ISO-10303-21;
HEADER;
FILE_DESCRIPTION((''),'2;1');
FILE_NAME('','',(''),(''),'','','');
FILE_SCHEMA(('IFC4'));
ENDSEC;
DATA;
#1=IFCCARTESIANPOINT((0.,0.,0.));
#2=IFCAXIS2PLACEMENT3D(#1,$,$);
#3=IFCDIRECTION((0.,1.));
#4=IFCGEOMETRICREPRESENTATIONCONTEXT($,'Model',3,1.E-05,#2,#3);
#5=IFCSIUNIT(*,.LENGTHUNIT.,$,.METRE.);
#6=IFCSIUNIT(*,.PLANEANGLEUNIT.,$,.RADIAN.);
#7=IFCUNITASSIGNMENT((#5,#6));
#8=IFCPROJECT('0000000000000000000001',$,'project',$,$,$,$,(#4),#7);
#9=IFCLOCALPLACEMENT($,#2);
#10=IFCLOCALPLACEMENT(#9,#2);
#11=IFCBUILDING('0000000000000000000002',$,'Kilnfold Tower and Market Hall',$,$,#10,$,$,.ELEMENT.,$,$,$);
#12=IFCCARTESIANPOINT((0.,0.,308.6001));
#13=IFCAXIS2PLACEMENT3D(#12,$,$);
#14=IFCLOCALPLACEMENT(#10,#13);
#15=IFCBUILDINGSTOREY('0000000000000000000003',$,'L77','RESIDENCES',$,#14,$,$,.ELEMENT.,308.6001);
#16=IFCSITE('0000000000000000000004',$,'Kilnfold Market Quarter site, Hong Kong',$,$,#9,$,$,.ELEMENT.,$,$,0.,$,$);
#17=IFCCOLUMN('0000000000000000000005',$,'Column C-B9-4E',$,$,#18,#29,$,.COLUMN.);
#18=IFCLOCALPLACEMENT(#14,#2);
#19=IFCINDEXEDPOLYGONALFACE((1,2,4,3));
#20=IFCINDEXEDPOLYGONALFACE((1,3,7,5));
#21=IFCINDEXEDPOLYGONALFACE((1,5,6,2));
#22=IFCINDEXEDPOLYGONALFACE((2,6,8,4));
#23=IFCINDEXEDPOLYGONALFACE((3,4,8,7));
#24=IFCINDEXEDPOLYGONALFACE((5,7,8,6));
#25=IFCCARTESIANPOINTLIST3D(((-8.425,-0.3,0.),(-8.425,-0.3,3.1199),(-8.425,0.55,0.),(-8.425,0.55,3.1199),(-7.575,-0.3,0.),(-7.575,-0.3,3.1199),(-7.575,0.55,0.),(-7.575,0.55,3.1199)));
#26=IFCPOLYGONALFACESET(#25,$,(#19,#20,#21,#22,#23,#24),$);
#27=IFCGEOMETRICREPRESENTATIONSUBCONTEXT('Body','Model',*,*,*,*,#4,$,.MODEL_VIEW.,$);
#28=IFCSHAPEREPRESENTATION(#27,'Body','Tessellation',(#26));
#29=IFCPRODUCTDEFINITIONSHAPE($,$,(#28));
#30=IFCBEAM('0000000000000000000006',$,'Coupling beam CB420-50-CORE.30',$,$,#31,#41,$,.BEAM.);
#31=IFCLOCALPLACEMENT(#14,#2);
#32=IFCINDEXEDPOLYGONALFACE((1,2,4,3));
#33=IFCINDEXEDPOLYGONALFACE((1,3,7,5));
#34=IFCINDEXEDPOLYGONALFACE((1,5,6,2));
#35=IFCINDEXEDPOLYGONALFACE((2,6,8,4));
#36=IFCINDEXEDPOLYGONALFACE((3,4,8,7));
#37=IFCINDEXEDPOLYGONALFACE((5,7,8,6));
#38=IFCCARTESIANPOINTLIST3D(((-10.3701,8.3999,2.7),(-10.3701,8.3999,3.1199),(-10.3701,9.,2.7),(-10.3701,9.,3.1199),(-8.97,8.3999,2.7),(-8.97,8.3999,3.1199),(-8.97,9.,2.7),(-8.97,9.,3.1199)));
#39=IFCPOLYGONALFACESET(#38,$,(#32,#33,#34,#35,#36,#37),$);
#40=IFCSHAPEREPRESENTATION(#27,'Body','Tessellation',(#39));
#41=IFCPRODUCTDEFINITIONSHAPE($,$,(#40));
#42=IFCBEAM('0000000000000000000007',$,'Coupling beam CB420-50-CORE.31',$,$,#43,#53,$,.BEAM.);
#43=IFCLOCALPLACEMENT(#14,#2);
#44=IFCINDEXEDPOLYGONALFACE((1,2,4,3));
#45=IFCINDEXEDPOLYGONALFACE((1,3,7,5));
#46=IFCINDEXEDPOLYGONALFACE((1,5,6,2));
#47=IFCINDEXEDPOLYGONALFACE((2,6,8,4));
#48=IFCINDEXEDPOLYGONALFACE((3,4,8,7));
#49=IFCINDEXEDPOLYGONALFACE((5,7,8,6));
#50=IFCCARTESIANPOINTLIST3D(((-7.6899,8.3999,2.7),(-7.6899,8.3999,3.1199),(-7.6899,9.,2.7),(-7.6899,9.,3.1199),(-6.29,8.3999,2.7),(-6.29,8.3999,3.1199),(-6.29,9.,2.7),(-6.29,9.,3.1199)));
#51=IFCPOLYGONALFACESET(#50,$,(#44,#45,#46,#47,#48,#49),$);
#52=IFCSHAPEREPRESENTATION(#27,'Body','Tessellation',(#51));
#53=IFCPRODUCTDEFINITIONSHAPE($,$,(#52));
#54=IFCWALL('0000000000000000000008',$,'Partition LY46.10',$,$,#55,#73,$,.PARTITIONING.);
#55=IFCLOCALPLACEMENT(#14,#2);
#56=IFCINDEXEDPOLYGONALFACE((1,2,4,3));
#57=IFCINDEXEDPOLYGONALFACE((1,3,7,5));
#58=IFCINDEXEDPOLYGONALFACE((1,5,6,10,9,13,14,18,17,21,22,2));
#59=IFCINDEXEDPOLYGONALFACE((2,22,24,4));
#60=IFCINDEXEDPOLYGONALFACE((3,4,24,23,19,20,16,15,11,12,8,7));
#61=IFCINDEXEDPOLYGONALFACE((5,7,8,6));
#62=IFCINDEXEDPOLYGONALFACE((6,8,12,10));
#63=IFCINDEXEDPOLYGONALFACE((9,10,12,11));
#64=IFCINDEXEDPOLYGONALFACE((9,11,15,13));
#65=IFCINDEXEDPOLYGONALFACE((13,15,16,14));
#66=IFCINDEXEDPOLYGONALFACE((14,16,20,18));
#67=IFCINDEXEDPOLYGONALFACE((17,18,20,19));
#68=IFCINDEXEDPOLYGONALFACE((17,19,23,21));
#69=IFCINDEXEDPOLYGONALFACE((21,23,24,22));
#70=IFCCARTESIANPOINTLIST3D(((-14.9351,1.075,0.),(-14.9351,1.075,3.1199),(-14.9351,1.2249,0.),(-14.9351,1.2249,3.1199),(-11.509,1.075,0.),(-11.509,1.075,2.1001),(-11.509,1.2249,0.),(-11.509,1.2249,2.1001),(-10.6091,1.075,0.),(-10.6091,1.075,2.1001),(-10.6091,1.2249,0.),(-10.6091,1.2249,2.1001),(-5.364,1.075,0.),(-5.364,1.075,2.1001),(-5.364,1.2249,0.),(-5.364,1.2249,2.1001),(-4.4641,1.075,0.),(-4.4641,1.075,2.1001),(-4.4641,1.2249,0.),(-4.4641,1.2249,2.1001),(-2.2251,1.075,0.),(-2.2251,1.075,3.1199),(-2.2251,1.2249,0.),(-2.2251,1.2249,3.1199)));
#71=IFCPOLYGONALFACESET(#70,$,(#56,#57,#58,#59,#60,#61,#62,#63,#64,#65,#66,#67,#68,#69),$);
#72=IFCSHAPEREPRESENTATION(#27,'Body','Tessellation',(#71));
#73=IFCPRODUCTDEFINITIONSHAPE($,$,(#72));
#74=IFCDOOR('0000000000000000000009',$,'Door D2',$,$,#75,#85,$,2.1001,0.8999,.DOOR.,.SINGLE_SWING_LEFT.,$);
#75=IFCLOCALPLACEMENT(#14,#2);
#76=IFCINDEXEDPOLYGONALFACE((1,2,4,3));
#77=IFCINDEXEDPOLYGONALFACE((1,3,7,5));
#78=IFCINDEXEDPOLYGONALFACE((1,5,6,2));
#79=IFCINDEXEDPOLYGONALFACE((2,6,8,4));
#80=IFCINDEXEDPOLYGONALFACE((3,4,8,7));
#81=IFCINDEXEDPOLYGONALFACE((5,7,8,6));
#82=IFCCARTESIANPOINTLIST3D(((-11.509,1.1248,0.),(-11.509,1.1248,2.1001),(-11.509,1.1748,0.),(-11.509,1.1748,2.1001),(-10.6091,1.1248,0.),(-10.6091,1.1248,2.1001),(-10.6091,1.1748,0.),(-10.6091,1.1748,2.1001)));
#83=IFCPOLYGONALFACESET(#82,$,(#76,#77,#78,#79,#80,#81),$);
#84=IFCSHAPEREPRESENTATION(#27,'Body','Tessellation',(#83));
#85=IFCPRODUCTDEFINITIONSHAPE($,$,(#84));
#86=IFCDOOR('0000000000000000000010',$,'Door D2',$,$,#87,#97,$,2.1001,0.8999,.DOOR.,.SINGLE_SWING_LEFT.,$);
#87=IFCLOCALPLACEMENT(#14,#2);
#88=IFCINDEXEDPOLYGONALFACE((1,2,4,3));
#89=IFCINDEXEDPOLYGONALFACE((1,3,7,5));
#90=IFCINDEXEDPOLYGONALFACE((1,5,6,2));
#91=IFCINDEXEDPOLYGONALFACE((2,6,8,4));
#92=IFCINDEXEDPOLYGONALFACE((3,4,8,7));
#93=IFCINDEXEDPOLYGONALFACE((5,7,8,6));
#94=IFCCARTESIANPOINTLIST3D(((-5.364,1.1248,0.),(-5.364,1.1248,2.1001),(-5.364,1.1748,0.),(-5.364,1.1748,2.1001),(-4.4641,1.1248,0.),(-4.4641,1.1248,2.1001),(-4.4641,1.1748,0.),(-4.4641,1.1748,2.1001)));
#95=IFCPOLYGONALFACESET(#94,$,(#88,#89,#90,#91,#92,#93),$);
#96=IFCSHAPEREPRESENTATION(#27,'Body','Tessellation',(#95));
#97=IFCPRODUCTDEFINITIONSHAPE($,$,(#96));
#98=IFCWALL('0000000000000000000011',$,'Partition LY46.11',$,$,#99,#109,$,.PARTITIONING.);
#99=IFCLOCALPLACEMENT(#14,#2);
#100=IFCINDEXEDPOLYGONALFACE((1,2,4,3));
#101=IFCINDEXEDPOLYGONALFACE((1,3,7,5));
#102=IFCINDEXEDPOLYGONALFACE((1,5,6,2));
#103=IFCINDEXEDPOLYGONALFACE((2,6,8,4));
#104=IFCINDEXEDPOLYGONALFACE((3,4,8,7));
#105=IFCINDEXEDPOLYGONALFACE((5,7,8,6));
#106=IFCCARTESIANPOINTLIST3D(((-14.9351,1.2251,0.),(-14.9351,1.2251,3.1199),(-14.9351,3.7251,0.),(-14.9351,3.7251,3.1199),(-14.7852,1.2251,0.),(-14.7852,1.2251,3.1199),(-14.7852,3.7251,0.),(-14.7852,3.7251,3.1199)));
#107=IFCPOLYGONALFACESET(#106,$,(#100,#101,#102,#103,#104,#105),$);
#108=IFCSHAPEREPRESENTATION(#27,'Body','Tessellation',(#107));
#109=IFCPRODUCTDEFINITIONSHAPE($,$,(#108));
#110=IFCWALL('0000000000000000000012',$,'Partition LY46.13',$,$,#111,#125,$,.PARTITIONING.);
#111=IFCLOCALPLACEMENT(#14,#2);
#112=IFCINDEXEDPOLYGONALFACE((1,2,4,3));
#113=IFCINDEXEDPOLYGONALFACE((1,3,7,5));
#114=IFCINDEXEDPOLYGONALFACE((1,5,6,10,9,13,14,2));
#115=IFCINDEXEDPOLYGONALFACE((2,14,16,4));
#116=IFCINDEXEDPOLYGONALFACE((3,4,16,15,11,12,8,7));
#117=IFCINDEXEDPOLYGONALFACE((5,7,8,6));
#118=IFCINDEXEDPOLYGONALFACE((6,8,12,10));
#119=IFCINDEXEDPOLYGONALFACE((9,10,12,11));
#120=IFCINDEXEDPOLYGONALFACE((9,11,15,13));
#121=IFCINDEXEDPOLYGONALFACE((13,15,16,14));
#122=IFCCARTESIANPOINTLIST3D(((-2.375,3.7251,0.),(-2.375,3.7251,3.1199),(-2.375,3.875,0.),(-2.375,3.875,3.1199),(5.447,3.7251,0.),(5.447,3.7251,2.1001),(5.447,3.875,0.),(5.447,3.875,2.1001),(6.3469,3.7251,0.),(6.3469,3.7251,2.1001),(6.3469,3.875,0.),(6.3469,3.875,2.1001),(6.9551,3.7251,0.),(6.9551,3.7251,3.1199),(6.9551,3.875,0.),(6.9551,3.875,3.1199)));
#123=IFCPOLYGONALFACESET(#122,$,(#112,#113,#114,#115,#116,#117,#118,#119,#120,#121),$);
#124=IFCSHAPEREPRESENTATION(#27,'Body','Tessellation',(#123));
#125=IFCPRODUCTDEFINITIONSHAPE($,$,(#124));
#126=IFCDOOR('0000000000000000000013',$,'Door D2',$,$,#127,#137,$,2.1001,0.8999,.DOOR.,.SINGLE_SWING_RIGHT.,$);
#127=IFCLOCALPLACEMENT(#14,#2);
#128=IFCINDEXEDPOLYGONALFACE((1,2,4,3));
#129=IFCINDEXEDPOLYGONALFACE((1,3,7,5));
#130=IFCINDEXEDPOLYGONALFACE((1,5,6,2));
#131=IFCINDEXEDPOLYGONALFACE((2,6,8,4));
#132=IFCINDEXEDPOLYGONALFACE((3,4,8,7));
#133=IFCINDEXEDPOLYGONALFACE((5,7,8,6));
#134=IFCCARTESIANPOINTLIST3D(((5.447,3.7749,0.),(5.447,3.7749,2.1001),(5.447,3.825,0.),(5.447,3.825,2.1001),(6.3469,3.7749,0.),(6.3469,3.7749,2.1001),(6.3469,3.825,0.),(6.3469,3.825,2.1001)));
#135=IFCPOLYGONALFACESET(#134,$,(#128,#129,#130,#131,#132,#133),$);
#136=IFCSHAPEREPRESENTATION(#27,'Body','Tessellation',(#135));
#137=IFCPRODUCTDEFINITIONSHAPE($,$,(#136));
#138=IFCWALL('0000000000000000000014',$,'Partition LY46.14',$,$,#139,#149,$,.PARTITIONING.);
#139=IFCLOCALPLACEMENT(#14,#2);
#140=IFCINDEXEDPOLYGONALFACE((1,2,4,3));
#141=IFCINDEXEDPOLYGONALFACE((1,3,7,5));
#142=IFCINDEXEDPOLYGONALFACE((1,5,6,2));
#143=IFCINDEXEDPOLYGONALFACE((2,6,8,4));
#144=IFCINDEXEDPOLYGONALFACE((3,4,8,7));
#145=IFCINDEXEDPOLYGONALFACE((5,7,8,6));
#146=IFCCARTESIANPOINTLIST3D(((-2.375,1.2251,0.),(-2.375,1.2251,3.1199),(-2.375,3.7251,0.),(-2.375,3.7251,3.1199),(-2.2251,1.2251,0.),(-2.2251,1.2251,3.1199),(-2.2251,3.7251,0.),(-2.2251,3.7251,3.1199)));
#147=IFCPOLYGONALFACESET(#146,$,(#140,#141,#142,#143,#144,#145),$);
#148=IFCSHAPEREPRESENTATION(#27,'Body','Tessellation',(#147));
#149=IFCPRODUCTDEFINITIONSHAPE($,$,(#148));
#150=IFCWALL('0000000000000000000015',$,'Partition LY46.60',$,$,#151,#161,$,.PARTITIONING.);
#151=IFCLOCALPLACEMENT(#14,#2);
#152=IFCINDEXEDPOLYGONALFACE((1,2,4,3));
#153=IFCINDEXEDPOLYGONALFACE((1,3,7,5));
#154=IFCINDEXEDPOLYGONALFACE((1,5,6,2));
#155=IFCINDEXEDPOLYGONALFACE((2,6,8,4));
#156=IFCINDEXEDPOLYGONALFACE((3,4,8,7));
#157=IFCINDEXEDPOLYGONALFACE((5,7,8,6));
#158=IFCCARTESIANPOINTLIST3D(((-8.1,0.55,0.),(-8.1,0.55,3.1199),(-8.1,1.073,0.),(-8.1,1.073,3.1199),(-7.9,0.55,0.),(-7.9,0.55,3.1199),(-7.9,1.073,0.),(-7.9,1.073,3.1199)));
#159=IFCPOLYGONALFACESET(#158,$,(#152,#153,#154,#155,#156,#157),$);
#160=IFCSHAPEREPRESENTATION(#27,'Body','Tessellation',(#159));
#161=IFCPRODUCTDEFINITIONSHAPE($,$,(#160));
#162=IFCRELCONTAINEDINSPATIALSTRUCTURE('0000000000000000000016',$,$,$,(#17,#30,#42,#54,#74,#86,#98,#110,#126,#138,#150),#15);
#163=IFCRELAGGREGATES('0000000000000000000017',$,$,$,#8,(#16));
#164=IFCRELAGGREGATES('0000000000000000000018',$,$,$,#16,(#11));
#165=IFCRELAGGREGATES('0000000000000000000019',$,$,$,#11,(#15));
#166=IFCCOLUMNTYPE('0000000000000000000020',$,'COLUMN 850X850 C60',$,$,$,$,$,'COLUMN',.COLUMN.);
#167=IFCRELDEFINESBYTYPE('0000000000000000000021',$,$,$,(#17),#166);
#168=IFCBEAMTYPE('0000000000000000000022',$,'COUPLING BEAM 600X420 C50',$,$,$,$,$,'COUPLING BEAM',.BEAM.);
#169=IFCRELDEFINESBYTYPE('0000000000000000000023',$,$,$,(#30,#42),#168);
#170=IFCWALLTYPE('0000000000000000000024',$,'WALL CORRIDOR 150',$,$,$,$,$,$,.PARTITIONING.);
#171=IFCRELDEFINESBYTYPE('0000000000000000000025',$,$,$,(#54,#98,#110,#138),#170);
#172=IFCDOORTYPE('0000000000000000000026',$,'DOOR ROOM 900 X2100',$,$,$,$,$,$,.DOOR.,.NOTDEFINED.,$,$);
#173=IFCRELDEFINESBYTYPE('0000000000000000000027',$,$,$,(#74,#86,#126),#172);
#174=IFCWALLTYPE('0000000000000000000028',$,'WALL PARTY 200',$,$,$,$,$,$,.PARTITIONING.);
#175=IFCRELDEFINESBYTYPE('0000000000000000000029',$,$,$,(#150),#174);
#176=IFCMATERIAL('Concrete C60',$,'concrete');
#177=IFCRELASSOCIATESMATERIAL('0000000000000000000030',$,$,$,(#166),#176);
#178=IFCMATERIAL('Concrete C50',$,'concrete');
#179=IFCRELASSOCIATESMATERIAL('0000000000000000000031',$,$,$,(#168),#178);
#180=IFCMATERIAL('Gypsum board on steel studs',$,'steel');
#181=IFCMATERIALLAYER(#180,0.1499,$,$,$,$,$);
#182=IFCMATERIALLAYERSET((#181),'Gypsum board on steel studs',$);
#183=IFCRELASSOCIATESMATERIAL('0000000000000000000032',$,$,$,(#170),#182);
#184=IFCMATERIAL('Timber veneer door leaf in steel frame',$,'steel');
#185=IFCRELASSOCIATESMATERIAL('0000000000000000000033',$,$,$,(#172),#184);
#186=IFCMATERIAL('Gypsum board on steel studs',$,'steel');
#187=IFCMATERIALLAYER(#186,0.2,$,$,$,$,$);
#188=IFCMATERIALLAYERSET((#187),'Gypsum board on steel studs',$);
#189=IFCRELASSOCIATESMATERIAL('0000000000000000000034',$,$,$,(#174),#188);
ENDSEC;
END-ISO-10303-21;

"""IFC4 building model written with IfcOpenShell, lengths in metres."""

from ifc_helpers import new_model, si_unit, direction, frame, frame_2d, origin, origin_2d, place, context, subcontext, project, spatial, rectangle, extrude, source, transform, mapped, material, layer, layer_set, material_profile, profile_set, type_object, element, fill, save


model = new_model("IFC4")

# Units and contexts
model_context = context("Model", 3, precision=1e-05, world=origin(), true_north=direction((0.0, 1.0)))
body_context = subcontext(model_context, "Body", "Model", "MODEL_VIEW")
ifc_project = project(units=[si_unit("LENGTHUNIT", "METRE"), si_unit("PLANEANGLEUNIT", "RADIAN")], contexts=[model_context])

# Site, building, storey
site_placement = place(None, origin())
site = spatial("IfcSite", under=ifc_project, at=site_placement, Name="Kilnfold Market Quarter site, Hong Kong", CompositionType="ELEMENT", RefElevation=0.0)
building_placement = place(site_placement, origin())
building = spatial("IfcBuilding", under=site, at=building_placement, Name="Kilnfold Tower and Market Hall", CompositionType="ELEMENT")
storey_placement = place(building_placement, frame((0.0, 0.0, 308.6001)))
storey = spatial("IfcBuildingStorey", under=building, at=storey_placement, Name="L77", Description="RESIDENCES", CompositionType="ELEMENT", Elevation=308.6001)

# Column
ifc_material_1 = material(Name="Concrete C60", Category="concrete")
ifc_material_profile_1 = material_profile(ifc_material_1, rectangle(XDim=0.8501, YDim=0.8501, at=origin_2d()), Name="RC 850x850")
ifc_profile_set_1 = profile_set([ifc_material_profile_1], Name="Concrete C60")
column_type = type_object("IfcColumnType", Name="COLUMN 850X850 C60", ElementType="COLUMN", PredefinedType="COLUMN", material=ifc_profile_set_1)
shared_shape_1 = source(origin(), body_context, "Body", "SweptSolid", [
    extrude(rectangle(XDim=0.8501, YDim=0.8501, at=origin_2d()), origin(), (0.0, 0.0, 1.0), 3.1199),
])
column_placement = place(storey_placement, frame((-8.0, 0.125, 0.0), z_axis=(0.0, 0.0, 1.0), x_axis=(1.0, 0.0, 0.0)))
element("IfcColumn", 1, at=column_placement, inside=storey, type_object=column_type, Name="Column C-B9-4E", PredefinedType="COLUMN", context=body_context, shape_type="MappedRepresentation", body=[
    mapped(shared_shape_1, transform((0.0, 0.0, 0.0))),
])

# Beams
ifc_material_2 = material(Name="Concrete C50", Category="concrete")
ifc_material_profile_2 = material_profile(ifc_material_2, rectangle(XDim=0.6001, YDim=0.4199, at=origin_2d()), Name="RC 600x420")
ifc_profile_set_2 = profile_set([ifc_material_profile_2], Name="Concrete C50")
beam_type = type_object("IfcBeamType", Name="COUPLING BEAM 600X420 C50", ElementType="COUPLING BEAM", PredefinedType="BEAM", material=ifc_profile_set_2)
shared_shape_2 = source(origin(), body_context, "Body", "SweptSolid", [
    extrude(rectangle(XDim=0.6001, YDim=0.4199, at=origin_2d()), origin(), (0.0, 0.0, 1.0), 1.4001),
])
beam_1_placement = place(storey_placement, frame((-10.3701, 8.7, 2.9099), z_axis=(1.0, 0.0, 0.0), x_axis=(0.0, 1.0, 0.0)))
element("IfcBeam", 2, at=beam_1_placement, inside=storey, type_object=beam_type, Name="Coupling beam CB420-50-CORE.30", PredefinedType="BEAM", context=body_context, shape_type="MappedRepresentation", body=[
    mapped(shared_shape_2, transform((0.0, 0.0, 0.0))),
])
shared_shape_3 = source(origin(), body_context, "Body", "SweptSolid", [
    extrude(rectangle(XDim=0.6001, YDim=0.4199, at=origin_2d()), origin(), (0.0, 0.0, 1.0), 1.3999),
])
beam_2_placement = place(storey_placement, frame((-7.6899, 8.7, 2.9099), z_axis=(1.0, 0.0, 0.0), x_axis=(0.0, 1.0, 0.0)))
element("IfcBeam", 3, at=beam_2_placement, inside=storey, type_object=beam_type, Name="Coupling beam CB420-50-CORE.31", PredefinedType="BEAM", context=body_context, shape_type="MappedRepresentation", body=[
    mapped(shared_shape_3, transform((0.0, 0.0, 0.0))),
])

# Wall, openings, doors
ifc_material_3 = material(Name="Gypsum board on steel studs", Category="steel")
ifc_layer_1 = layer(ifc_material_3, 0.1499)
ifc_layer_set_1 = layer_set([ifc_layer_1], Name="Gypsum board on steel studs")
wall_type_1 = type_object("IfcWallType", Name="WALL CORRIDOR 150", PredefinedType="PARTITIONING", material=ifc_layer_set_1)
wall_1_placement = place(storey_placement, frame((-14.9351, 1.1499, 0.0), z_axis=(0.0, 0.0, 1.0), x_axis=(1.0, 0.0, 0.0)))
wall_1 = element("IfcWall", 4, at=wall_1_placement, inside=storey, type_object=wall_type_1, Name="Partition LY46.10", PredefinedType="PARTITIONING", context=body_context, shape_type="SweptSolid", body=[
    extrude(rectangle(XDim=12.71, YDim=0.1499, at=frame_2d((6.355, 0.0))), origin(), (0.0, 0.0, 1.0), 3.1199),
])
opening_1_placement = place(wall_1_placement, frame((3.426, 0.0, 0.0)))
opening_1 = element("IfcOpeningElement", 5, at=opening_1_placement, cuts=wall_1, PredefinedType="OPENING", context=body_context, shape_type="SweptSolid", body=[
    extrude(rectangle(XDim=0.8999, YDim=2.1001, at=frame_2d((0.45, 1.05))), frame((0.0, 0.085, 0.0), z_axis=(0.0, -1.0, 0.0), x_axis=(1.0, 0.0, 0.0)), (0.0, 0.0, 1.0), 0.1699),
])
opening_2_placement = place(wall_1_placement, frame((9.571, 0.0, 0.0)))
opening_2 = element("IfcOpeningElement", 6, at=opening_2_placement, cuts=wall_1, PredefinedType="OPENING", context=body_context, shape_type="SweptSolid", body=[
    extrude(rectangle(XDim=0.8999, YDim=2.1001, at=frame_2d((0.45, 1.05))), frame((0.0, 0.085, 0.0), z_axis=(0.0, -1.0, 0.0), x_axis=(1.0, 0.0, 0.0)), (0.0, 0.0, 1.0), 0.1699),
])
ifc_material_4 = material(Name="Timber veneer door leaf in steel frame", Category="steel")
door_type_1 = type_object("IfcDoorType", Name="DOOR ROOM 900 X2100", OperationType="NOTDEFINED", PredefinedType="DOOR", material=ifc_material_4)
door_1_placement = place(opening_1_placement, origin())
door_1 = element("IfcDoor", 7, at=door_1_placement, inside=storey, type_object=door_type_1, Name="Door D2", OperationType="SINGLE_SWING_LEFT", OverallHeight=2.1001, OverallWidth=0.8999, PredefinedType="DOOR", context=body_context, shape_type="SweptSolid", body=[
    extrude(rectangle(XDim=0.8999, YDim=2.1001, at=frame_2d((0.45, 1.05))), frame((0.0, 0.0249, 0.0), z_axis=(0.0, -1.0, 0.0), x_axis=(1.0, 0.0, 0.0)), (0.0, 0.0, 1.0), 0.05),
])
fill(opening_1, door_1)
door_2_placement = place(opening_2_placement, origin())
door_2 = element("IfcDoor", 8, at=door_2_placement, inside=storey, type_object=door_type_1, Name="Door D2", OperationType="SINGLE_SWING_LEFT", OverallHeight=2.1001, OverallWidth=0.8999, PredefinedType="DOOR", context=body_context, shape_type="SweptSolid", body=[
    extrude(rectangle(XDim=0.8999, YDim=2.1001, at=frame_2d((0.45, 1.05))), frame((0.0, 0.0249, 0.0), z_axis=(0.0, -1.0, 0.0), x_axis=(1.0, 0.0, 0.0)), (0.0, 0.0, 1.0), 0.05),
])
fill(opening_2, door_2)

# Wall
wall_2_placement = place(storey_placement, frame((-14.8601, 3.7251, 0.0), z_axis=(0.0, 0.0, 1.0), x_axis=(0.0, -1.0, 0.0)))
element("IfcWall", 9, at=wall_2_placement, inside=storey, type_object=wall_type_1, Name="Partition LY46.11", PredefinedType="PARTITIONING", context=body_context, shape_type="SweptSolid", body=[
    extrude(rectangle(XDim=2.5, YDim=0.1499, at=frame_2d((1.25, 0.0))), origin(), (0.0, 0.0, 1.0), 3.1199),
])

# Wall, opening, door
wall_3_placement = place(storey_placement, frame((-2.375, 3.8, 0.0), z_axis=(0.0, 0.0, 1.0), x_axis=(1.0, 0.0, 0.0)))
wall_3 = element("IfcWall", 10, at=wall_3_placement, inside=storey, type_object=wall_type_1, Name="Partition LY46.13", PredefinedType="PARTITIONING", context=body_context, shape_type="SweptSolid", body=[
    extrude(rectangle(XDim=9.3301, YDim=0.1499, at=frame_2d((4.665, 0.0))), origin(), (0.0, 0.0, 1.0), 3.1199),
])
opening_3_placement = place(wall_3_placement, frame((7.822, 0.0, 0.0)))
opening_3 = element("IfcOpeningElement", 11, at=opening_3_placement, cuts=wall_3, PredefinedType="OPENING", context=body_context, shape_type="SweptSolid", body=[
    extrude(rectangle(XDim=0.8999, YDim=2.1001, at=frame_2d((0.45, 1.05))), frame((0.0, 0.085, 0.0), z_axis=(0.0, -1.0, 0.0), x_axis=(1.0, 0.0, 0.0)), (0.0, 0.0, 1.0), 0.1699),
])
door_3_placement = place(opening_3_placement, origin())
door_3 = element("IfcDoor", 12, at=door_3_placement, inside=storey, type_object=door_type_1, Name="Door D2", OperationType="SINGLE_SWING_RIGHT", OverallHeight=2.1001, OverallWidth=0.8999, PredefinedType="DOOR", context=body_context, shape_type="SweptSolid", body=[
    extrude(rectangle(XDim=0.8999, YDim=2.1001, at=frame_2d((0.45, 1.05))), frame((0.0, 0.0249, 0.0), z_axis=(0.0, -1.0, 0.0), x_axis=(1.0, 0.0, 0.0)), (0.0, 0.0, 1.0), 0.05),
])
fill(opening_3, door_3)

# Walls
wall_4_placement = place(storey_placement, frame((-2.3, 1.2251, 0.0), z_axis=(0.0, 0.0, 1.0), x_axis=(0.0, 1.0, 0.0)))
element("IfcWall", 13, at=wall_4_placement, inside=storey, type_object=wall_type_1, Name="Partition LY46.14", PredefinedType="PARTITIONING", context=body_context, shape_type="SweptSolid", body=[
    extrude(rectangle(XDim=2.5, YDim=0.1499, at=frame_2d((1.25, 0.0))), origin(), (0.0, 0.0, 1.0), 3.1199),
])
ifc_material_5 = material(Name="Gypsum board on steel studs", Category="steel")
ifc_layer_2 = layer(ifc_material_5, 0.2)
ifc_layer_set_2 = layer_set([ifc_layer_2], Name="Gypsum board on steel studs")
wall_type_2 = type_object("IfcWallType", Name="WALL PARTY 200", PredefinedType="PARTITIONING", material=ifc_layer_set_2)
wall_5_placement = place(storey_placement, frame((-8.0, 0.55, 0.0), z_axis=(0.0, 0.0, 1.0), x_axis=(0.0, 1.0, 0.0)))
element("IfcWall", 14, at=wall_5_placement, inside=storey, type_object=wall_type_2, Name="Partition LY46.60", PredefinedType="PARTITIONING", context=body_context, shape_type="SweptSolid", body=[
    extrude(rectangle(XDim=0.5229, YDim=0.2, at=frame_2d((0.2615, 0.0))), origin(), (0.0, 0.0, 1.0), 3.1199),
])

save(model, "model.ifc")
